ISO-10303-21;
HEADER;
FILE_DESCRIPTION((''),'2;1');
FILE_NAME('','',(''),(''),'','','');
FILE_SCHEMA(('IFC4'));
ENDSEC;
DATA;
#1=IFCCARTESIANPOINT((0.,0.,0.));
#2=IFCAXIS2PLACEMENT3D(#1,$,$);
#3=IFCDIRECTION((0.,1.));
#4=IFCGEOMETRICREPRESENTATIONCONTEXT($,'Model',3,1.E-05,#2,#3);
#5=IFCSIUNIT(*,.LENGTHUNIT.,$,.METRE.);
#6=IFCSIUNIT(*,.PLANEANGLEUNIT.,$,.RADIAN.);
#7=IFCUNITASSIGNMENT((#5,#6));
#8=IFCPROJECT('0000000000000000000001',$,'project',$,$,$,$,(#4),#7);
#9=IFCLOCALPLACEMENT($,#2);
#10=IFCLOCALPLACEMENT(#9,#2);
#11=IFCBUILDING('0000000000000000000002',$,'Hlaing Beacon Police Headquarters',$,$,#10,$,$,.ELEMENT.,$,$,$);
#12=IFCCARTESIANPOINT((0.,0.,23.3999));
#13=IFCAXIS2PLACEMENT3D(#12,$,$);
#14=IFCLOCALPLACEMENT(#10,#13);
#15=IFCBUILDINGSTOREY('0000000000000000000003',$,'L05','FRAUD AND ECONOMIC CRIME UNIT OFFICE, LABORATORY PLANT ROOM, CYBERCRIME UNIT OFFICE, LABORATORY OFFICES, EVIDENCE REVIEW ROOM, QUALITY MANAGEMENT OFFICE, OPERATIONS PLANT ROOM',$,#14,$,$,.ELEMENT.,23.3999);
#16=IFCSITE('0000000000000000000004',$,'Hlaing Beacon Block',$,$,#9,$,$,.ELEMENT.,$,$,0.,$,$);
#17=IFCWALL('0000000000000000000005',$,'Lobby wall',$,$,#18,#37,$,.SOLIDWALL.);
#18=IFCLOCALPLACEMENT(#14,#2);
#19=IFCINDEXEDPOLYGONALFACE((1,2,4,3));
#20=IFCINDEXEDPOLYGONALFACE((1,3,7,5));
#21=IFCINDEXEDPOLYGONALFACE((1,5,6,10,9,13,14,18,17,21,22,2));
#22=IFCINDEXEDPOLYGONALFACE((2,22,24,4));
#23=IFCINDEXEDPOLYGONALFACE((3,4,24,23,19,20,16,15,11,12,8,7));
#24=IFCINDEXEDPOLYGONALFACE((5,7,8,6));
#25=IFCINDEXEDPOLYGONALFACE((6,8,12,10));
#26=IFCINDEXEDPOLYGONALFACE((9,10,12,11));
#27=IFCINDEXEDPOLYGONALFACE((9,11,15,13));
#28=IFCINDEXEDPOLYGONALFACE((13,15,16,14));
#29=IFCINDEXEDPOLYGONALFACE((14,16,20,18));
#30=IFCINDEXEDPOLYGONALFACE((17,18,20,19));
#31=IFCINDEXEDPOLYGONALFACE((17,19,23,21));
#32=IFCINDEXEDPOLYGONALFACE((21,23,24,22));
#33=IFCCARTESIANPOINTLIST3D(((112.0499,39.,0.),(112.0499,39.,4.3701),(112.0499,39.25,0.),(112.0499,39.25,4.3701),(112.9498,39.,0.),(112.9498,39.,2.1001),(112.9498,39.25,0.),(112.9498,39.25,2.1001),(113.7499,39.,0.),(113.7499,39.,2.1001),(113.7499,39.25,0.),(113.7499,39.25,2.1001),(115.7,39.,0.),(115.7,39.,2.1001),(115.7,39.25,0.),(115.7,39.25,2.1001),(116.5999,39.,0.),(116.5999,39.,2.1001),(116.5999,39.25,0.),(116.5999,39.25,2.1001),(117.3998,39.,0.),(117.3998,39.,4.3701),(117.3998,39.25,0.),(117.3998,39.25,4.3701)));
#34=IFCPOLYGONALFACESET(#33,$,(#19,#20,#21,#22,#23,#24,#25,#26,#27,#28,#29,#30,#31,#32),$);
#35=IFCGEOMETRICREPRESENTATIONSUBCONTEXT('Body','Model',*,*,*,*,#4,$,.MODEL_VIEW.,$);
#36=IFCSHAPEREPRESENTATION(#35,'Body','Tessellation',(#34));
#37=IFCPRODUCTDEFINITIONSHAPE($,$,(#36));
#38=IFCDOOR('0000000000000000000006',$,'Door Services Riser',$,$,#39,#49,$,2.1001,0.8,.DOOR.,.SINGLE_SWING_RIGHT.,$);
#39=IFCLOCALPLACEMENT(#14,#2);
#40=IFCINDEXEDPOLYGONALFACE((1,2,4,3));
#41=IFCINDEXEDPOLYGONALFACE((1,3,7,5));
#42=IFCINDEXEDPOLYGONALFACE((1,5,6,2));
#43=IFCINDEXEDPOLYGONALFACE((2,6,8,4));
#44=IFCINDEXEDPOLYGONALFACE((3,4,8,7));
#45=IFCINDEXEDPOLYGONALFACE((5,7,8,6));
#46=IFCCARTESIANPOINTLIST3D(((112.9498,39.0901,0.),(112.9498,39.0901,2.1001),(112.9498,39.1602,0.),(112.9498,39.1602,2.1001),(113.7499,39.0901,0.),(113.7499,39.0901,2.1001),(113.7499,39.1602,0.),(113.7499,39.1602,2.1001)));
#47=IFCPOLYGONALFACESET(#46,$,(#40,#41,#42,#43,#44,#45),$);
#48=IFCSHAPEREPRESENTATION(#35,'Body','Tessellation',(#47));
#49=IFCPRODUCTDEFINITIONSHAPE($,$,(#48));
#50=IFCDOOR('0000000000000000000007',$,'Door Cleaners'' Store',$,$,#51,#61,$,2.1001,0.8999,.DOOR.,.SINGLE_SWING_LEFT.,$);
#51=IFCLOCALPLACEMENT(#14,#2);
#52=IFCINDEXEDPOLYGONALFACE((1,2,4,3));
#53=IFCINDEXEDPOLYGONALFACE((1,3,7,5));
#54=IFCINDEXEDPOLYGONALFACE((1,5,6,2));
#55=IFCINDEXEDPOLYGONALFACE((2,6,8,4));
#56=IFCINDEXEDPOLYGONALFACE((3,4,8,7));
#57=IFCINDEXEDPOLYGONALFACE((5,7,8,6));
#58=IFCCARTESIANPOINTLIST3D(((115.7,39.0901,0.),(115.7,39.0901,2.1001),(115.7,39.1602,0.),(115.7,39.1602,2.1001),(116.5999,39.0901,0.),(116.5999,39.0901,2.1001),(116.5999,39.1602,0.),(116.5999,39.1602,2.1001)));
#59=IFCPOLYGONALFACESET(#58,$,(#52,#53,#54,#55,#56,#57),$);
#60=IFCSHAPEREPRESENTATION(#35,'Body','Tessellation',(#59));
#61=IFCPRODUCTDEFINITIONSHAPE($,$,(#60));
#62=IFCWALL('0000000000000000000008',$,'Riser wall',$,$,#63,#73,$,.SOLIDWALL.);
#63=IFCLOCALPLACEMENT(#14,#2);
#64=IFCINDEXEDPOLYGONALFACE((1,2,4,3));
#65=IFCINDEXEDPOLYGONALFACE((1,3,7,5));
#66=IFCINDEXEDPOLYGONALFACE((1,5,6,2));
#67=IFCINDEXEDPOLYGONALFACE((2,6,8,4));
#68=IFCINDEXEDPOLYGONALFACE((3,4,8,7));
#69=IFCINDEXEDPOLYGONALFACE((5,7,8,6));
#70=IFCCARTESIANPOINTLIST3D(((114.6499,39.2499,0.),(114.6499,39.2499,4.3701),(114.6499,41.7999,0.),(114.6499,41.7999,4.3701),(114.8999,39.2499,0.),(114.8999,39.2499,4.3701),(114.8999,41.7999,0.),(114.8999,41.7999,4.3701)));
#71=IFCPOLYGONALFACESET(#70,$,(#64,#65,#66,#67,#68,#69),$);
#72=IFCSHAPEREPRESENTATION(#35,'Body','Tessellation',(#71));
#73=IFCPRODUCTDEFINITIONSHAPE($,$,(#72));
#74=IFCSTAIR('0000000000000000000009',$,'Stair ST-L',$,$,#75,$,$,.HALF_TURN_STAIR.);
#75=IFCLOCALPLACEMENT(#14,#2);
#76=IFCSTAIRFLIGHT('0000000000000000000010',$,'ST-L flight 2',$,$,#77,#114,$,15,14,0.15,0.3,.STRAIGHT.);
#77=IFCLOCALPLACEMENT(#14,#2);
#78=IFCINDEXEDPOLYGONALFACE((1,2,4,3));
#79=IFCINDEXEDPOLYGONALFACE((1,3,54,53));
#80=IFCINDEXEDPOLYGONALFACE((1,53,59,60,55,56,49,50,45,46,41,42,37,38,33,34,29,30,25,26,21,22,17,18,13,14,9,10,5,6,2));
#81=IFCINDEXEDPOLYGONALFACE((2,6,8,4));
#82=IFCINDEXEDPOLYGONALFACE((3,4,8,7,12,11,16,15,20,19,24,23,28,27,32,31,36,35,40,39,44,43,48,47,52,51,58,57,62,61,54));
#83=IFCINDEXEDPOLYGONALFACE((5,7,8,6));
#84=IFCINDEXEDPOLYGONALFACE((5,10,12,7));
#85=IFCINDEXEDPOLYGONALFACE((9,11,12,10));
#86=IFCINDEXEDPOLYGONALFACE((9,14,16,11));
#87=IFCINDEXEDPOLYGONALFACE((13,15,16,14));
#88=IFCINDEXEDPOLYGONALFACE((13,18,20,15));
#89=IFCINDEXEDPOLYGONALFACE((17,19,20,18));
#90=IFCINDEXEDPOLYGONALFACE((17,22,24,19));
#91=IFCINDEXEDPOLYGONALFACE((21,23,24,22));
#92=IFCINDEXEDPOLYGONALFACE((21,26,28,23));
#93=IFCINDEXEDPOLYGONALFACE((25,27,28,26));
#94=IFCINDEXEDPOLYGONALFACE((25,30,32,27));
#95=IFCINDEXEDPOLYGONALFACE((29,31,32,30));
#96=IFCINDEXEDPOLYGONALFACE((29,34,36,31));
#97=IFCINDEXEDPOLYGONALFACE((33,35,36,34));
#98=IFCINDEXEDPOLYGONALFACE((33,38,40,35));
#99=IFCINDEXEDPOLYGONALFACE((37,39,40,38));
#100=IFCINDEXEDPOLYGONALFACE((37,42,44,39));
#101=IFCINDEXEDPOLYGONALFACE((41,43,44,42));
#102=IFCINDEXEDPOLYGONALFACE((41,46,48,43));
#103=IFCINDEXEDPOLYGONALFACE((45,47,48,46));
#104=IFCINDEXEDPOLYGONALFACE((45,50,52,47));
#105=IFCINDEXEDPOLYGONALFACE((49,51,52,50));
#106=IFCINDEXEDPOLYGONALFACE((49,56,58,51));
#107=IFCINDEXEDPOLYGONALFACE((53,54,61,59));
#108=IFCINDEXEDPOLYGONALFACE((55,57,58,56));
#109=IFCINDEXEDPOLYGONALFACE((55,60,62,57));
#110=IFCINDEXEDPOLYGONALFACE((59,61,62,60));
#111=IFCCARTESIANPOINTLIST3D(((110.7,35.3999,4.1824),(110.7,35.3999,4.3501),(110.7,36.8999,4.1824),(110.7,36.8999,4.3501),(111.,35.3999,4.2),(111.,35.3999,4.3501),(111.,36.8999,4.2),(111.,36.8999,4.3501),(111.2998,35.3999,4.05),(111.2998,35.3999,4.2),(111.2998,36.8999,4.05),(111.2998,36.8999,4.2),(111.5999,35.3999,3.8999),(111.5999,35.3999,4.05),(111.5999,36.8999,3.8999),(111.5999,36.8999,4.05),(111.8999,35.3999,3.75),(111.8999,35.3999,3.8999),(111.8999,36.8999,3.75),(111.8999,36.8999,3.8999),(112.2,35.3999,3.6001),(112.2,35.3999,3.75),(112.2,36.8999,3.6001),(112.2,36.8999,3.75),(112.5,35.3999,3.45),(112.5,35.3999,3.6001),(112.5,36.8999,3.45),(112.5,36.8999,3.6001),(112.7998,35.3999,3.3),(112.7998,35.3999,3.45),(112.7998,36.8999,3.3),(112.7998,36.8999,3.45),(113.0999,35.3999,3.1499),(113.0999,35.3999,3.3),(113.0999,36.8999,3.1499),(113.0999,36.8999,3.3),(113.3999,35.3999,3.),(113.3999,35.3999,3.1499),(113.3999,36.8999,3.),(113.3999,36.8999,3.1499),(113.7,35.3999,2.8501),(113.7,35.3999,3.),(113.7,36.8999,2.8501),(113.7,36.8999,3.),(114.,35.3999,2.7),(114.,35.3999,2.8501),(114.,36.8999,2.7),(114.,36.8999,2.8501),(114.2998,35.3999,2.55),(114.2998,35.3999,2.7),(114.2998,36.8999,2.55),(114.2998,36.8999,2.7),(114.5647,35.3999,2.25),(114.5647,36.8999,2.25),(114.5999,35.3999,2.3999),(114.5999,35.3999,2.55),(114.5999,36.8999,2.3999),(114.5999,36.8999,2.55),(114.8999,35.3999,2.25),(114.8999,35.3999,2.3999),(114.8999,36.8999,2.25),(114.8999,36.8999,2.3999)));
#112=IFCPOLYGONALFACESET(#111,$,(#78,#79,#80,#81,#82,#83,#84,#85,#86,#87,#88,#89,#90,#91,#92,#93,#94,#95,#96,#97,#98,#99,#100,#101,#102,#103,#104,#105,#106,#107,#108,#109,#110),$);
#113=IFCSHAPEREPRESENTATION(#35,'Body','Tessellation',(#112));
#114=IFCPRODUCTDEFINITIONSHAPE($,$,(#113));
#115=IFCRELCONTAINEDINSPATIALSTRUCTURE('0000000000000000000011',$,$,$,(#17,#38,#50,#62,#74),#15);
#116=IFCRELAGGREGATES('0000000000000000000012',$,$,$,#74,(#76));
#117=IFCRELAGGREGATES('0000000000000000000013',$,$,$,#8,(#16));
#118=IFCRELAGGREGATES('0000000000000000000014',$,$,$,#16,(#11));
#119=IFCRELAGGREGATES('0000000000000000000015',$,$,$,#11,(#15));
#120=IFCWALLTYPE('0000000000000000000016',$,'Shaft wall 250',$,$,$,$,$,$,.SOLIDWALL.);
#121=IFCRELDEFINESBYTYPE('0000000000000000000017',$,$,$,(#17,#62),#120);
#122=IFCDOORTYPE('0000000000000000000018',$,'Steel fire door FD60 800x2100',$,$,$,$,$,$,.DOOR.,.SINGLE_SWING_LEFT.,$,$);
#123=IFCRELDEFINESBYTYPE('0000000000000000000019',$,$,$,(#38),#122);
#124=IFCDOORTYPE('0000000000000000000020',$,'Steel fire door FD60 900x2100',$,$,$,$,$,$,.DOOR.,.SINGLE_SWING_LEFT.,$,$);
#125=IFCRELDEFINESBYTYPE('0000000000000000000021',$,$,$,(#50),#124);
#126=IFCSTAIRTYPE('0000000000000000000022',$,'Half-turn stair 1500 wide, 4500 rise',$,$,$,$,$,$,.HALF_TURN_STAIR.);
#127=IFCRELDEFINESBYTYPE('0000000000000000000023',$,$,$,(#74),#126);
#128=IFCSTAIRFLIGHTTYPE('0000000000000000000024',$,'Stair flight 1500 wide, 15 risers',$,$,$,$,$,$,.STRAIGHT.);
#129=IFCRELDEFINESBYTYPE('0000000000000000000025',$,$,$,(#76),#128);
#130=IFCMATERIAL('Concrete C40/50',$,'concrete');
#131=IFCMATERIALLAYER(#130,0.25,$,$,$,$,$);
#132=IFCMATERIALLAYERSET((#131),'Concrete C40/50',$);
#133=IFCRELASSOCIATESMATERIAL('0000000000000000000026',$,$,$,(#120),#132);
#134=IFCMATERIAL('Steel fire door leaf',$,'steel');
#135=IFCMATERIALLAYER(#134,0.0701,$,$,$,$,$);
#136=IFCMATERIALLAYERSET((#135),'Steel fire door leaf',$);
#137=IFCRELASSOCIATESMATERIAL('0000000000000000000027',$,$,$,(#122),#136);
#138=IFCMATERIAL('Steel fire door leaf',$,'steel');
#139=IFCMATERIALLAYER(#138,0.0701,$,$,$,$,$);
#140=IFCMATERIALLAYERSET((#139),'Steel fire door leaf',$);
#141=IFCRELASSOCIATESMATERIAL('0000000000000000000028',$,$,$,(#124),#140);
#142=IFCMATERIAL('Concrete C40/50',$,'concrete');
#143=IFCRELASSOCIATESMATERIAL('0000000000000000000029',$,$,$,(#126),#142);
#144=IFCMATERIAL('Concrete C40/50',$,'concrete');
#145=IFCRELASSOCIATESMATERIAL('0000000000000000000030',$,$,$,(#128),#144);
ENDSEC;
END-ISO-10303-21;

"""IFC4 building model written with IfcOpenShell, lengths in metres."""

from ifc_helpers import new_model, si_unit, direction, frame, frame_2d, origin, place, context, subcontext, project, spatial, polyline, rectangle, outline, extrude, material, layer, layer_set, type_object, element, fill, aggregate, save


model = new_model("IFC4")

# Units and contexts
model_context = context("Model", 3, precision=1e-05, world=origin(), true_north=direction((0.0, 1.0)))
body_context = subcontext(model_context, "Body", "Model", "MODEL_VIEW")
ifc_project = project(units=[si_unit("LENGTHUNIT", "METRE"), si_unit("PLANEANGLEUNIT", "RADIAN")], contexts=[model_context])

# Site, building, storey
site_placement = place(None, origin())
site = spatial("IfcSite", under=ifc_project, at=site_placement, Name="Hlaing Beacon Block", CompositionType="ELEMENT", RefElevation=0.0)
building_placement = place(site_placement, origin())
building = spatial("IfcBuilding", under=site, at=building_placement, Name="Hlaing Beacon Police Headquarters", CompositionType="ELEMENT")
storey_placement = place(building_placement, frame((0.0, 0.0, 23.3999)))
storey = spatial("IfcBuildingStorey", under=building, at=storey_placement, Name="L05", Description="FRAUD AND ECONOMIC CRIME UNIT OFFICE, LABORATORY PLANT ROOM, CYBERCRIME UNIT OFFICE, LABORATORY OFFICES, EVIDENCE REVIEW ROOM, QUALITY MANAGEMENT OFFICE, OPERATIONS PLANT ROOM", CompositionType="ELEMENT", Elevation=23.3999)

# Shared definitions
ifc_material_1 = material(Name="Concrete C40/50", Category="concrete")
ifc_layer_1 = layer(ifc_material_1, 0.25)
ifc_layer_set_1 = layer_set([ifc_layer_1], Name="Concrete C40/50")
wall_type_1 = type_object("IfcWallType", Name="Shaft wall 250", PredefinedType="SOLIDWALL", material=ifc_layer_set_1)

# Wall, openings, doors
wall_1_placement = place(storey_placement, frame((112.05, 39.125, 0.0), z_axis=(0.0, 0.0, 1.0), x_axis=(1.0, 0.0, 0.0)))
wall_1 = element("IfcWall", 1, at=wall_1_placement, inside=storey, type_object=wall_type_1, Name="Lobby wall", PredefinedType="SOLIDWALL", context=body_context, shape_type="SweptSolid", body=[
    extrude(rectangle(XDim=5.3499, YDim=0.25, at=frame_2d((2.6748, 0.0))), origin(), (0.0, 0.0, 1.0), 4.3701),
])
opening_1_placement = place(wall_1_placement, frame((3.6499, 0.0, 0.0)))
opening_1 = element("IfcOpeningElement", 2, at=opening_1_placement, cuts=wall_1, PredefinedType="OPENING", context=body_context, shape_type="SweptSolid", body=[
    extrude(rectangle(XDim=0.8999, YDim=2.1001, at=frame_2d((0.45, 1.05))), frame((0.0, 0.135, 0.0), z_axis=(0.0, -1.0, 0.0), x_axis=(1.0, 0.0, 0.0)), (0.0, 0.0, 1.0), 0.27),
])
opening_2_placement = place(wall_1_placement, frame((0.8999, 0.0, 0.0)))
opening_2 = element("IfcOpeningElement", 3, at=opening_2_placement, cuts=wall_1, PredefinedType="OPENING", context=body_context, shape_type="SweptSolid", body=[
    extrude(rectangle(XDim=0.8, YDim=2.1001, at=frame_2d((0.3999, 1.05))), frame((0.0, 0.135, 0.0), z_axis=(0.0, -1.0, 0.0), x_axis=(1.0, 0.0, 0.0)), (0.0, 0.0, 1.0), 0.27),
])
ifc_material_2 = material(Name="Steel fire door leaf", Category="steel")
ifc_layer_2 = layer(ifc_material_2, 0.0701)
ifc_layer_set_2 = layer_set([ifc_layer_2], Name="Steel fire door leaf")
door_type_1 = type_object("IfcDoorType", Name="Steel fire door FD60 800x2100", OperationType="SINGLE_SWING_LEFT", PredefinedType="DOOR", material=ifc_layer_set_2)
door_1_placement = place(opening_2_placement, origin())
door_1 = element("IfcDoor", 4, at=door_1_placement, inside=storey, type_object=door_type_1, Name="Door Services Riser", OperationType="SINGLE_SWING_RIGHT", OverallHeight=2.1001, OverallWidth=0.8, PredefinedType="DOOR", context=body_context, shape_type="SweptSolid", body=[
    extrude(rectangle(XDim=0.8, YDim=2.1001, at=frame_2d((0.3999, 1.05))), frame((0.0, 0.0352, 0.0), z_axis=(0.0, -1.0, 0.0), x_axis=(1.0, 0.0, 0.0)), (0.0, 0.0, 1.0), 0.0701),
])
fill(opening_2, door_1)
ifc_material_3 = material(Name="Steel fire door leaf", Category="steel")
ifc_layer_3 = layer(ifc_material_3, 0.0701)
ifc_layer_set_3 = layer_set([ifc_layer_3], Name="Steel fire door leaf")
door_type_2 = type_object("IfcDoorType", Name="Steel fire door FD60 900x2100", OperationType="SINGLE_SWING_LEFT", PredefinedType="DOOR", material=ifc_layer_set_3)
door_2_placement = place(opening_1_placement, origin())
door_2 = element("IfcDoor", 5, at=door_2_placement, inside=storey, type_object=door_type_2, Name="Door Cleaners' Store", OperationType="SINGLE_SWING_LEFT", OverallHeight=2.1001, OverallWidth=0.8999, PredefinedType="DOOR", context=body_context, shape_type="SweptSolid", body=[
    extrude(rectangle(XDim=0.8999, YDim=2.1001, at=frame_2d((0.45, 1.05))), frame((0.0, 0.0352, 0.0), z_axis=(0.0, -1.0, 0.0), x_axis=(1.0, 0.0, 0.0)), (0.0, 0.0, 1.0), 0.0701),
])
fill(opening_1, door_2)

# Wall
wall_2_placement = place(storey_placement, frame((114.7749, 39.25, 0.0), z_axis=(0.0, 0.0, 1.0), x_axis=(0.0, 1.0, 0.0)))
element("IfcWall", 6, at=wall_2_placement, inside=storey, type_object=wall_type_1, Name="Riser wall", PredefinedType="SOLIDWALL", context=body_context, shape_type="SweptSolid", body=[
    extrude(rectangle(XDim=2.55, YDim=0.25, at=frame_2d((1.2749, 0.0))), origin(), (0.0, 0.0, 1.0), 4.3701),
])

# Stair, stair flight
ifc_material_4 = material(Name="Concrete C40/50", Category="concrete")
stair_type = type_object("IfcStairType", Name="Half-turn stair 1500 wide, 4500 rise", PredefinedType="HALF_TURN_STAIR", material=ifc_material_4)
stair_placement = place(storey_placement, origin())
stair = element("IfcStair", 7, at=stair_placement, inside=storey, type_object=stair_type, Name="Stair ST-L", PredefinedType="HALF_TURN_STAIR")
ifc_material_5 = material(Name="Concrete C40/50", Category="concrete")
stair_flight_type = type_object("IfcStairFlightType", Name="Stair flight 1500 wide, 15 risers", PredefinedType="STRAIGHT", material=ifc_material_5)
stair_flight_placement = place(storey_placement, frame((114.8999, 36.1499, 2.25), z_axis=(0.0, 0.0, 1.0), x_axis=(-1.0, 0.0, 0.0)))
stair_flight = element("IfcStairFlight", 8, at=stair_flight_placement, type_object=stair_flight_type, Name="ST-L flight 2", NumberOfRisers=15, NumberOfTreads=14, PredefinedType="STRAIGHT", RiserHeight=0.15, TreadLength=0.3, context=body_context, shape_type="SweptSolid", body=[
    extrude(outline(polyline([(0.0, 0.0), (0.0, 0.1499), (0.3, 0.1499), (0.3, 0.3), (0.6001, 0.3), (0.6001, 0.45), (0.8999, 0.45), (0.8999, 0.6001), (1.2, 0.6001), (1.2, 0.75), (1.5, 0.75), (1.5, 0.8999), (1.8, 0.8999), (1.8, 1.05), (2.1001, 1.05), (2.1001, 1.2), (2.3999, 1.2), (2.3999, 1.3501), (2.7, 1.3501), (2.7, 1.5), (3.0, 1.5), (3.0, 1.6499), (3.3, 1.6499), (3.3, 1.8), (3.6001, 1.8), (3.6001, 1.95), (3.8999, 1.95), (3.8999, 2.1001), (4.2, 2.1001), (4.2, 2.25), (4.2, 1.9324), (0.3352, 0.0), (0.0, 0.0)])), frame((0.0, 0.75, 0.0), z_axis=(0.0, -1.0, 0.0), x_axis=(1.0, 0.0, 0.0)), (0.0, 0.0, 1.0), 1.5),
])
aggregate(stair, [stair_flight])

save(model, "model.ifc")
